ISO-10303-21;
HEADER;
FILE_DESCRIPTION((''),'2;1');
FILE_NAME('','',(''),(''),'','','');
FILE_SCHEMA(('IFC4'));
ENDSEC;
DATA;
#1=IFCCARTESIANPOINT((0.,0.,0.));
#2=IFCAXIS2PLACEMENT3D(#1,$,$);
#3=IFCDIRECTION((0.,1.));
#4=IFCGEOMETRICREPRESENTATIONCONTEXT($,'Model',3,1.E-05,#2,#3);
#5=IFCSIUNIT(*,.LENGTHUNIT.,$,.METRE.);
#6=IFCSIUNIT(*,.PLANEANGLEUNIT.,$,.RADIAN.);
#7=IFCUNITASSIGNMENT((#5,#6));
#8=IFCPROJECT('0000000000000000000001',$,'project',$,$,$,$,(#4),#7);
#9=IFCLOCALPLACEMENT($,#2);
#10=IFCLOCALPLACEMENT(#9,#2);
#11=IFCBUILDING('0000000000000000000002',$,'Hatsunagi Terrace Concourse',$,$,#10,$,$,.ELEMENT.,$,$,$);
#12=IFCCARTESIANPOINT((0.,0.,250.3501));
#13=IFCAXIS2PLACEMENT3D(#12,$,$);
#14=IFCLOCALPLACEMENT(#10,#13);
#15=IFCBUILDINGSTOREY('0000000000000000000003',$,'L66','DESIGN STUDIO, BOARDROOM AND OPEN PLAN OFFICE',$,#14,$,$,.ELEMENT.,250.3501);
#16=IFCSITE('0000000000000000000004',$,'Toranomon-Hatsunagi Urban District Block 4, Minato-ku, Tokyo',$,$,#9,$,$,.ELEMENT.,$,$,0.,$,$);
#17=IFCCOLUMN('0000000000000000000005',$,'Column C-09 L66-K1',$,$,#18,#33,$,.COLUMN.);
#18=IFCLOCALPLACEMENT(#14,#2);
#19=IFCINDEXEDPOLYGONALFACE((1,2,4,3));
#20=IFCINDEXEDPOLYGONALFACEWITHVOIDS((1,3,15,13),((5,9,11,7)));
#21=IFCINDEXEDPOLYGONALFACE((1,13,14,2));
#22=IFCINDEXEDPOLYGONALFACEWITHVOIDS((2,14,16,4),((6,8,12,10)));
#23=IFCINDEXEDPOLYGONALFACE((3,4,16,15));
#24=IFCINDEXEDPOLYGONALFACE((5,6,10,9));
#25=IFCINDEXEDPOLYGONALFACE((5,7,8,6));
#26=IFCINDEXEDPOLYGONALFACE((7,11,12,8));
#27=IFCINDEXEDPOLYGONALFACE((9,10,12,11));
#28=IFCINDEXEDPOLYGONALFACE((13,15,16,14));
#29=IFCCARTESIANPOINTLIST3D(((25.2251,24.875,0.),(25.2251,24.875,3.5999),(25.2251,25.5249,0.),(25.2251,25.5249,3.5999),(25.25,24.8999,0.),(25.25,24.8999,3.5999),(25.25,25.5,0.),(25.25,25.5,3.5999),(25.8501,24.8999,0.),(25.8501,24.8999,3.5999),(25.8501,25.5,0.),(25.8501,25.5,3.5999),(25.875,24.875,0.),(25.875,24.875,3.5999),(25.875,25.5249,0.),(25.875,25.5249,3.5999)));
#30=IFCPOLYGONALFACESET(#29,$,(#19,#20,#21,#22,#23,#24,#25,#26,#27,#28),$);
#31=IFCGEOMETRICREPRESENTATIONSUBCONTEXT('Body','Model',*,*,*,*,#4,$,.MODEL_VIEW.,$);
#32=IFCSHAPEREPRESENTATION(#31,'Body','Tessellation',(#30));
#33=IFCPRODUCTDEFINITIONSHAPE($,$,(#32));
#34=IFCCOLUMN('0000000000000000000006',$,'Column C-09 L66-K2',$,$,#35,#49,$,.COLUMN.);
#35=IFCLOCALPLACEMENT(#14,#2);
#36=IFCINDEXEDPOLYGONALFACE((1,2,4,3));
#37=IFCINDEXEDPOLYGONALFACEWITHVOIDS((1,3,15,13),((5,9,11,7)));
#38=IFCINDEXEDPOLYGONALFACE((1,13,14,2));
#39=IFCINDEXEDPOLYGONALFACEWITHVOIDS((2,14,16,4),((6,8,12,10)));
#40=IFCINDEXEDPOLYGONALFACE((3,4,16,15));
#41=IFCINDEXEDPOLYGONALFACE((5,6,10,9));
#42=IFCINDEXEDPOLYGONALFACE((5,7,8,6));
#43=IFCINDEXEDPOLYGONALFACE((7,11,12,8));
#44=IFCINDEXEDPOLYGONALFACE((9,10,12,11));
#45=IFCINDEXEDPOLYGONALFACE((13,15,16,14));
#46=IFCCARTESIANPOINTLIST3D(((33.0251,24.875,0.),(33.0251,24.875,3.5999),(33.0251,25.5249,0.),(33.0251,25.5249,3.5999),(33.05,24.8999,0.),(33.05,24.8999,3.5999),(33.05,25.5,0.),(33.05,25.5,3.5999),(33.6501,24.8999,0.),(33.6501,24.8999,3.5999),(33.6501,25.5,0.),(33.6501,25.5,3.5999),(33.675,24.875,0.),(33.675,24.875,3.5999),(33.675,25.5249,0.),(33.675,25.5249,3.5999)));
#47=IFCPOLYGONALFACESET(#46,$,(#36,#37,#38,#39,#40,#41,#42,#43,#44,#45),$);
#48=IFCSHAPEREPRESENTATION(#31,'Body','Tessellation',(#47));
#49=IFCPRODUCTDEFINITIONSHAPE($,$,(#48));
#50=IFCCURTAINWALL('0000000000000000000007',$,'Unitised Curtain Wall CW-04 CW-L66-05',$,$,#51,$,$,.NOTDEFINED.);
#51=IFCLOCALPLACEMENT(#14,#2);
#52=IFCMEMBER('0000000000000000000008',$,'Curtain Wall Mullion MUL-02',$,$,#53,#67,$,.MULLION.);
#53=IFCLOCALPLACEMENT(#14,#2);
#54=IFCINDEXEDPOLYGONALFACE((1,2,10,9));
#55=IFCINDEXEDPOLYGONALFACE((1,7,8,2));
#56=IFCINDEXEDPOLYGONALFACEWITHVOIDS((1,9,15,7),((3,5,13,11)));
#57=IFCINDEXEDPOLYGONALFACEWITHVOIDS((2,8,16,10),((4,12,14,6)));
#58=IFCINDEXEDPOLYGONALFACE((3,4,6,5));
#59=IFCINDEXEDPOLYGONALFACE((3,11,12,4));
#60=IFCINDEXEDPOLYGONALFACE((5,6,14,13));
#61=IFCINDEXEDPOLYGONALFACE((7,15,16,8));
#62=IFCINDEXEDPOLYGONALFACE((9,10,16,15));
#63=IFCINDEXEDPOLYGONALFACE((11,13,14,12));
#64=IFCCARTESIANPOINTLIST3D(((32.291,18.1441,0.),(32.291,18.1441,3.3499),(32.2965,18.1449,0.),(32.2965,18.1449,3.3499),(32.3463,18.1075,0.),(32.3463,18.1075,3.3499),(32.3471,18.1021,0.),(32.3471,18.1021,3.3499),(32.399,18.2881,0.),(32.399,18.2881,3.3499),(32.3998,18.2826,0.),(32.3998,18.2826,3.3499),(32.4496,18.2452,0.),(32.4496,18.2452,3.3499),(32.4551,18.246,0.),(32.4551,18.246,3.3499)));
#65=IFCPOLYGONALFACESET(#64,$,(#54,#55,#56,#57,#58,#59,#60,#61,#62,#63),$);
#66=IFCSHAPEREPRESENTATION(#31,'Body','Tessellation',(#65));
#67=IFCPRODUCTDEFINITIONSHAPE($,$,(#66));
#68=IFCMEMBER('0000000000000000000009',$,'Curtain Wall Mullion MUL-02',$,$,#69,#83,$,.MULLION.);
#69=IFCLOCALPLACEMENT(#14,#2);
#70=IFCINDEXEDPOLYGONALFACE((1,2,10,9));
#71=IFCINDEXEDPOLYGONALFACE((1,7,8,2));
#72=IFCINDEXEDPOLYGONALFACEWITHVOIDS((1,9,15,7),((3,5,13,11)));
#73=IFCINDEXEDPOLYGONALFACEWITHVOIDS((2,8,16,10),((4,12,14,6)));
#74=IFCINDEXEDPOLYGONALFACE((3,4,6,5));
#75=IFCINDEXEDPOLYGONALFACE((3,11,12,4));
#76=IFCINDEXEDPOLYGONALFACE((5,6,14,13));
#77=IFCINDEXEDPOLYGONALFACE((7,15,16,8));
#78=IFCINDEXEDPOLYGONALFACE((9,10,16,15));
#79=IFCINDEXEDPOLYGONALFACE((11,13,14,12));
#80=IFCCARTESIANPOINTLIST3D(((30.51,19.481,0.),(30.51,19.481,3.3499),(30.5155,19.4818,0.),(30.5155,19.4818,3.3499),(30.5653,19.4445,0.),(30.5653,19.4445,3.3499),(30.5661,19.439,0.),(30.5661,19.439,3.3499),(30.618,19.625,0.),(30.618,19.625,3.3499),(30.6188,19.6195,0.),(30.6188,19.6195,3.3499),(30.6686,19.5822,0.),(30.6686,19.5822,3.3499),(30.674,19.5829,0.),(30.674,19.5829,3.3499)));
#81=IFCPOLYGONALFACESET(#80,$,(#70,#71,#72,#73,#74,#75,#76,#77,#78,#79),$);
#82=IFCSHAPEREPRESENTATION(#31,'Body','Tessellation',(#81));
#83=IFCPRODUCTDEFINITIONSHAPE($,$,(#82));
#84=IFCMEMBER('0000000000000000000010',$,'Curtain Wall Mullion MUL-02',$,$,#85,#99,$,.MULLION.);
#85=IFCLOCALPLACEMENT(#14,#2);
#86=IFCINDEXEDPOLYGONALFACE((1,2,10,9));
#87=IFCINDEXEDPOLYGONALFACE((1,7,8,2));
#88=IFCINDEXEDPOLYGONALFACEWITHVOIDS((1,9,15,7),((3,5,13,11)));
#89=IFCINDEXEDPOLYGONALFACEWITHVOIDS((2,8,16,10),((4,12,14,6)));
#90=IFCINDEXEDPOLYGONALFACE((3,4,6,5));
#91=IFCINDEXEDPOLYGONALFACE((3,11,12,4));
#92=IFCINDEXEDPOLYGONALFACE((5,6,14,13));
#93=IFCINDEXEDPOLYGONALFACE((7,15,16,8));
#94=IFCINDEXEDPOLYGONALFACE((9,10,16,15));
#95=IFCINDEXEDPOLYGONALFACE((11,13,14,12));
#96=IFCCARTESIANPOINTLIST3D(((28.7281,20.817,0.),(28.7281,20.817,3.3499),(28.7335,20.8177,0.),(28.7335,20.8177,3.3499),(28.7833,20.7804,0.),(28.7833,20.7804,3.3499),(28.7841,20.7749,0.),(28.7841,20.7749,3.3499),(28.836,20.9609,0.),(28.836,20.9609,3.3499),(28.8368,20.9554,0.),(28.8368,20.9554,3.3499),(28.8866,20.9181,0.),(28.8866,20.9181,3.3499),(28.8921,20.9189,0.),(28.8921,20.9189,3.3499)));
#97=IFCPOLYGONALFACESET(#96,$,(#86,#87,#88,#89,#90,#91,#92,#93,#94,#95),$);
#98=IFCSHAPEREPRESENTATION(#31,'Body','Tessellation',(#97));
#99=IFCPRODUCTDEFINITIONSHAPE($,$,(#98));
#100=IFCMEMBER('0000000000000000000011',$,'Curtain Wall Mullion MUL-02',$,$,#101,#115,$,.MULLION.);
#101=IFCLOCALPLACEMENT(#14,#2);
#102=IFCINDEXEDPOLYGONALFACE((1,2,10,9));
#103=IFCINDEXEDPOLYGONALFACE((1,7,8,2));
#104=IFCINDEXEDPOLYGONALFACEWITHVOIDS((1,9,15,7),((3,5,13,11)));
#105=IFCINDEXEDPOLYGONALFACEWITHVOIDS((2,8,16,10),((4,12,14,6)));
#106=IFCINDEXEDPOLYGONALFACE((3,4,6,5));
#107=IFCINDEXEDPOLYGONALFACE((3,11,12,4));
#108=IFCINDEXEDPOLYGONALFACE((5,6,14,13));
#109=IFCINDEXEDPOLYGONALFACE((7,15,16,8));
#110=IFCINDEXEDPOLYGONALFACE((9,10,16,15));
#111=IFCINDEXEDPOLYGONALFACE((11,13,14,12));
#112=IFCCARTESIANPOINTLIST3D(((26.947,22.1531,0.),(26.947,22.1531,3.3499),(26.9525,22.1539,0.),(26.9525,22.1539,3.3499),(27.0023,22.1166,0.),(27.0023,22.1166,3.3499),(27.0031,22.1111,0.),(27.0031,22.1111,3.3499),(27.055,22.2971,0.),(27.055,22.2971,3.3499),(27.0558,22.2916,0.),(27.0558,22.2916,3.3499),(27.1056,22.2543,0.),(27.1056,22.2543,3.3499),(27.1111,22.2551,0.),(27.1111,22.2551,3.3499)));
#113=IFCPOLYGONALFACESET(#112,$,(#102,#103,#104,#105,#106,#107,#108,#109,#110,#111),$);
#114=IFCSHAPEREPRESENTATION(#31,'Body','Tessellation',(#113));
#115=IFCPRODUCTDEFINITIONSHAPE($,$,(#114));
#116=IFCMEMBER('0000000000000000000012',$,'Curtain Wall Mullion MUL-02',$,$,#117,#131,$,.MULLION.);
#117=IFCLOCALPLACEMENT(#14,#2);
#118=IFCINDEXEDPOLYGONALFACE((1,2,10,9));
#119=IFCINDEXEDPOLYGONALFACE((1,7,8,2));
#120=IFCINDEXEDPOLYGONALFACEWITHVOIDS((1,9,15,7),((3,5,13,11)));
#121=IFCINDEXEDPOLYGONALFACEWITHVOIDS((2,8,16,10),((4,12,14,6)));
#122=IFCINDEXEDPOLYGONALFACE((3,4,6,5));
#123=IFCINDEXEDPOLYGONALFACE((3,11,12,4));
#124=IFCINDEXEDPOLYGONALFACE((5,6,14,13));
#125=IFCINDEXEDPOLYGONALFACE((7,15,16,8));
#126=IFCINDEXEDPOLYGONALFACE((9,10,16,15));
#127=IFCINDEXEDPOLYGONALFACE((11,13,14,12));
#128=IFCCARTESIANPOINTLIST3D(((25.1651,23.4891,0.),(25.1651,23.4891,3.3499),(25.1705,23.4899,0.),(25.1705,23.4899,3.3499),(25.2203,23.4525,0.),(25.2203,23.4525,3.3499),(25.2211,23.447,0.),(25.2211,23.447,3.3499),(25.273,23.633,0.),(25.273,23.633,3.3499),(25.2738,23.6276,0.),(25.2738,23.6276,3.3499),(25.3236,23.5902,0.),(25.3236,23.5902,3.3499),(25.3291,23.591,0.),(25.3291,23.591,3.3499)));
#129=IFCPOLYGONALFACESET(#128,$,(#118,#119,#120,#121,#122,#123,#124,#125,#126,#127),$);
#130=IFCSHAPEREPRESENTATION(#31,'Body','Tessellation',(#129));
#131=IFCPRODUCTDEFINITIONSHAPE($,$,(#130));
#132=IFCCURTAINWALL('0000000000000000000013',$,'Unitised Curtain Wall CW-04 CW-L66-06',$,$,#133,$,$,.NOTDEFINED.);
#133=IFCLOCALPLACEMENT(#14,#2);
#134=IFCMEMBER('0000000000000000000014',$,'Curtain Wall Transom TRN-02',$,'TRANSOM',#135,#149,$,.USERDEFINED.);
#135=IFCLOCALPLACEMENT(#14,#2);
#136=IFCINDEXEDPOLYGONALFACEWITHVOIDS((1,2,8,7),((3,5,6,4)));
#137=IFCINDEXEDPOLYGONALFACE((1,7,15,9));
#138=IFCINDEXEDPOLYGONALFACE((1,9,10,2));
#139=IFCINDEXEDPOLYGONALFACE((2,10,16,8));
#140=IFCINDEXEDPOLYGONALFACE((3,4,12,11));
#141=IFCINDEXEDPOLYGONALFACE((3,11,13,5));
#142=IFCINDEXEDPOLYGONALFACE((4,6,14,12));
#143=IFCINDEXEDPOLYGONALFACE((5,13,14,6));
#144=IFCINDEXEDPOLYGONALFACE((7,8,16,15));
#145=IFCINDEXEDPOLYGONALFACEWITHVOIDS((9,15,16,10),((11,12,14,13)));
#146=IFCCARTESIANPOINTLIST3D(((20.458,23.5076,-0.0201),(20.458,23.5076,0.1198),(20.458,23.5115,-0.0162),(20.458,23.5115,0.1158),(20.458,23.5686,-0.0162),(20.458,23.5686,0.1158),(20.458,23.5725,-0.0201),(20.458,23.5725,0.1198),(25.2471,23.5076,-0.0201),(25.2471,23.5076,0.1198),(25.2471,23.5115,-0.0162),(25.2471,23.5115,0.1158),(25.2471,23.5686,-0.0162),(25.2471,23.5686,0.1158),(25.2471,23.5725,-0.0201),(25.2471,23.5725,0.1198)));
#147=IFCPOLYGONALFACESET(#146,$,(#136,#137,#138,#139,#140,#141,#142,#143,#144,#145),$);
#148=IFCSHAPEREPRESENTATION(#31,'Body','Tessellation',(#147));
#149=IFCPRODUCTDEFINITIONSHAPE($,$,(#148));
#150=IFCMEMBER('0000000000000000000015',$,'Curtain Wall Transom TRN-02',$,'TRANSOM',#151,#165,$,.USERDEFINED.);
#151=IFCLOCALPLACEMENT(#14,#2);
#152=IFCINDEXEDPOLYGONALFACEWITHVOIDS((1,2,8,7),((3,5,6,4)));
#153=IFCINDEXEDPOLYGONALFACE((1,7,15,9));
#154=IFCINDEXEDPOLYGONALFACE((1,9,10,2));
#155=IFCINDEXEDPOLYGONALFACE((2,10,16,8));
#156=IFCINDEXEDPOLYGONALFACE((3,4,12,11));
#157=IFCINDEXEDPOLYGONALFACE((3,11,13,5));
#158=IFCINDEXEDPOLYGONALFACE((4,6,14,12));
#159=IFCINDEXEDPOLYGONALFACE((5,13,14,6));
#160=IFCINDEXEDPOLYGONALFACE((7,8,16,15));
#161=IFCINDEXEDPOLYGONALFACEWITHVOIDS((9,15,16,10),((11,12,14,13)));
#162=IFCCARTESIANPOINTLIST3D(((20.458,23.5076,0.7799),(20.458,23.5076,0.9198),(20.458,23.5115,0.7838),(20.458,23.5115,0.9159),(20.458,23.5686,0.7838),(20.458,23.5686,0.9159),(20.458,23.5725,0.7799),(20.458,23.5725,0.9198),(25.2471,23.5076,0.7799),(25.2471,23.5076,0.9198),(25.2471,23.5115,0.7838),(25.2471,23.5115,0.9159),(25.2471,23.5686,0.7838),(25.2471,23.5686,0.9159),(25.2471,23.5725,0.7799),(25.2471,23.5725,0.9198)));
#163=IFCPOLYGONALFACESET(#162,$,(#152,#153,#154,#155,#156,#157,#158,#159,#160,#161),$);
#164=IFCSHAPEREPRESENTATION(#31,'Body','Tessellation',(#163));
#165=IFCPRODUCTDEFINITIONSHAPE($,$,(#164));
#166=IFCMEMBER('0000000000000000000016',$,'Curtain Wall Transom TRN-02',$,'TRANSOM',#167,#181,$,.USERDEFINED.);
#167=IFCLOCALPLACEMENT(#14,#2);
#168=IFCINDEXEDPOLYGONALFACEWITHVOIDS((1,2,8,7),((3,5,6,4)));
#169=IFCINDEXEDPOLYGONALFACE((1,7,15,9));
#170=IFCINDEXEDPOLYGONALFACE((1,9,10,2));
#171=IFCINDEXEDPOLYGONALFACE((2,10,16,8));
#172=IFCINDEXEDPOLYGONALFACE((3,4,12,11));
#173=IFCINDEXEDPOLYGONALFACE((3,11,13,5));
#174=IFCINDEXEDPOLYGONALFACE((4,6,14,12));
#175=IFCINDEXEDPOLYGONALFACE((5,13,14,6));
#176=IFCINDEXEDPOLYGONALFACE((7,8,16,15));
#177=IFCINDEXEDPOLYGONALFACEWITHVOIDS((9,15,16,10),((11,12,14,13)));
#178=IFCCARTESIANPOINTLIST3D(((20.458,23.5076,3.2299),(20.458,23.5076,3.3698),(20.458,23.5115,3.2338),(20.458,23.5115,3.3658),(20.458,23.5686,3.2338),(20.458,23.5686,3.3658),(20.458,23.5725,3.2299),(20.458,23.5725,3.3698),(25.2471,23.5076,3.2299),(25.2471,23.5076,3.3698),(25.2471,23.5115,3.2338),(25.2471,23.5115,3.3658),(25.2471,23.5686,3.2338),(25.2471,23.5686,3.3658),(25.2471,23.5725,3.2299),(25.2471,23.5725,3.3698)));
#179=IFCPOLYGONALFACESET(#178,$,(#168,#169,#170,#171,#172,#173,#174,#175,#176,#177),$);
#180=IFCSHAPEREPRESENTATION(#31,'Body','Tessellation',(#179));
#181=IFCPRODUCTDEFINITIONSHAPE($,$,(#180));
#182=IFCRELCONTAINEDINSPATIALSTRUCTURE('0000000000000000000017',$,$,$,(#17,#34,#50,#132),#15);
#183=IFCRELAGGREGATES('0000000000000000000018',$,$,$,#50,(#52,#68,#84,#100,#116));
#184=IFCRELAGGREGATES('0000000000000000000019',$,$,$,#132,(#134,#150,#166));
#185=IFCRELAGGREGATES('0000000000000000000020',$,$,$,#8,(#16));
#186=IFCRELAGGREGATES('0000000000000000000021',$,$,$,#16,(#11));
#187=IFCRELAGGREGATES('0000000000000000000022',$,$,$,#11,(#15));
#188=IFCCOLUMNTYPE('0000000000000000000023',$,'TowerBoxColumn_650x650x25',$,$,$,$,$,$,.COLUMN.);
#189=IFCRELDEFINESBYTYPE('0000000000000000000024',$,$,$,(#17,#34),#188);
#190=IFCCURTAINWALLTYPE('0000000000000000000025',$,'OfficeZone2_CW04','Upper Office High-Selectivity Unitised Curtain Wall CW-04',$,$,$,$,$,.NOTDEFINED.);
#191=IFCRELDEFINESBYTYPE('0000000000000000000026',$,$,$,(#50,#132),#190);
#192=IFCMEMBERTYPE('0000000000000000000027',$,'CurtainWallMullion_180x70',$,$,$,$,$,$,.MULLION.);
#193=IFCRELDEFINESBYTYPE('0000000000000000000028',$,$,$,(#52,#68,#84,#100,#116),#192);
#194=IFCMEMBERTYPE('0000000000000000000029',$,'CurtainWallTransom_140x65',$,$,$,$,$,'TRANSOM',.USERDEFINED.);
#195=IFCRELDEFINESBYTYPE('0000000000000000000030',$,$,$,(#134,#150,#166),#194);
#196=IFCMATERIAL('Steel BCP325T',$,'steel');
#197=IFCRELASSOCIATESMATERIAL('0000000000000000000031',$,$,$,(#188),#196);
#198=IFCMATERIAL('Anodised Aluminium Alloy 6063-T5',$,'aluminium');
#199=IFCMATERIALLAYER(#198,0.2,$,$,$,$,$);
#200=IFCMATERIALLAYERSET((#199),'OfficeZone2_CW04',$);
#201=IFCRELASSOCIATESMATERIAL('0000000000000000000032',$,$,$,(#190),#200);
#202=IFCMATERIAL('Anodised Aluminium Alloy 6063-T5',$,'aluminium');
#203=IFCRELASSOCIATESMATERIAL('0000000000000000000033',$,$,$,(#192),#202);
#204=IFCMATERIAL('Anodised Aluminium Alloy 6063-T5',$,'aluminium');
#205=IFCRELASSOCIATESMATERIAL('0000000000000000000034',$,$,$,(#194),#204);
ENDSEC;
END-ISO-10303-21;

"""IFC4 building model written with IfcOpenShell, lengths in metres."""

from ifc_helpers import new_model, si_unit, direction, frame, origin, origin_2d, place, context, subcontext, project, spatial, hollow_rectangle, extrude, material, layer, layer_set, material_profile, profile_set, type_object, element, aggregate, save


model = new_model("IFC4")

# Units and contexts
model_context = context("Model", 3, precision=1e-05, world=origin(), true_north=direction((0.0, 1.0)))
body_context = subcontext(model_context, "Body", "Model", "MODEL_VIEW")
ifc_project = project(units=[si_unit("LENGTHUNIT", "METRE"), si_unit("PLANEANGLEUNIT", "RADIAN")], contexts=[model_context])

# Site, building, storey
site_placement = place(None, origin())
site = spatial("IfcSite", under=ifc_project, at=site_placement, Name="Toranomon-Hatsunagi Urban District Block 4, Minato-ku, Tokyo", CompositionType="ELEMENT", RefElevation=0.0)
building_placement = place(site_placement, origin())
building = spatial("IfcBuilding", under=site, at=building_placement, Name="Hatsunagi Terrace Concourse", CompositionType="ELEMENT")
storey_placement = place(building_placement, frame((0.0, 0.0, 250.3501)))
storey = spatial("IfcBuildingStorey", under=building, at=storey_placement, Name="L66", Description="DESIGN STUDIO, BOARDROOM AND OPEN PLAN OFFICE", CompositionType="ELEMENT", Elevation=250.3501)

# Columns
ifc_material_1 = material(Name="Steel BCP325T", Category="steel")
ifc_material_profile_1 = material_profile(ifc_material_1, hollow_rectangle(XDim=0.6499, YDim=0.6499, WallThickness=0.0249, at=origin_2d()), Name="BCP-650x650x25")
ifc_profile_set_1 = profile_set([ifc_material_profile_1], Name="Steel BCP325T")
column_type = type_object("IfcColumnType", Name="TowerBoxColumn_650x650x25", PredefinedType="COLUMN", material=ifc_profile_set_1)
for number, where, z_axis, x_axis, name in (
    (1, (25.55, 25.2, 0.0), (0.0, 0.0, 1.0), (1.0, 0.0, 0.0), "Column C-09 L66-K1"),
    (2, (33.3501, 25.2, 0.0), (0.0, 0.0, 1.0), (1.0, 0.0, 0.0), "Column C-09 L66-K2"),
):
    element("IfcColumn", number, at=place(storey_placement, frame(where, z_axis=z_axis, x_axis=x_axis)), inside=storey, type_object=column_type, Name=name, PredefinedType="COLUMN", context=body_context, shape_type="SweptSolid", body=[
        extrude(hollow_rectangle(XDim=0.6499, YDim=0.6499, WallThickness=0.0249, at=origin_2d()), origin(), (0.0, 0.0, 1.0), 3.5999),
    ])

# Curtain walls, members
ifc_material_2 = material(Name="Anodised Aluminium Alloy 6063-T5", Category="aluminium")
ifc_layer_1 = layer(ifc_material_2, 0.2)
ifc_layer_set_1 = layer_set([ifc_layer_1], Name="OfficeZone2_CW04")
curtain_wall_type = type_object("IfcCurtainWallType", Name="OfficeZone2_CW04", Description="Upper Office High-Selectivity Unitised Curtain Wall CW-04", PredefinedType="NOTDEFINED", material=ifc_layer_set_1)
curtain_wall_1_placement = place(storey_placement, origin())
curtain_wall_1 = element("IfcCurtainWall", 3, at=curtain_wall_1_placement, inside=storey, type_object=curtain_wall_type, Name="Unitised Curtain Wall CW-04 CW-L66-05", PredefinedType="NOTDEFINED")
ifc_material_3 = material(Name="Anodised Aluminium Alloy 6063-T5", Category="aluminium")
ifc_material_profile_2 = material_profile(ifc_material_3, hollow_rectangle(XDim=0.0701, YDim=0.1799, WallThickness=0.0039, at=origin_2d()), Name="ALU-MUL-180x70x4")
ifc_profile_set_2 = profile_set([ifc_material_profile_2], Name="Anodised Aluminium Alloy 6063-T5")
member_type_1 = type_object("IfcMemberType", Name="CurtainWallMullion_180x70", PredefinedType="MULLION", material=ifc_profile_set_2)
member_1_placement = place(storey_placement, frame((32.373, 18.1951, 0.0), z_axis=(0.0, 0.0, 1.0), x_axis=(-0.800007, 0.59999, 0.0)))
member_1 = element("IfcMember", 4, at=member_1_placement, type_object=member_type_1, Name="Curtain Wall Mullion MUL-02", PredefinedType="MULLION", context=body_context, shape_type="SweptSolid", body=[
    extrude(hollow_rectangle(XDim=0.0701, YDim=0.1799, WallThickness=0.0039, at=origin_2d()), origin(), (0.0, 0.0, 1.0), 3.3499),
])
member_2_placement = place(storey_placement, frame((30.592, 19.532, 0.0), z_axis=(0.0, 0.0, 1.0), x_axis=(-0.800007, 0.59999, 0.0)))
member_2 = element("IfcMember", 5, at=member_2_placement, type_object=member_type_1, Name="Curtain Wall Mullion MUL-02", PredefinedType="MULLION", context=body_context, shape_type="SweptSolid", body=[
    extrude(hollow_rectangle(XDim=0.0701, YDim=0.1799, WallThickness=0.0039, at=origin_2d()), origin(), (0.0, 0.0, 1.0), 3.3499),
])
member_3_placement = place(storey_placement, frame((28.8101, 20.8679, 0.0), z_axis=(0.0, 0.0, 1.0), x_axis=(-0.800007, 0.59999, 0.0)))
member_3 = element("IfcMember", 6, at=member_3_placement, type_object=member_type_1, Name="Curtain Wall Mullion MUL-02", PredefinedType="MULLION", context=body_context, shape_type="SweptSolid", body=[
    extrude(hollow_rectangle(XDim=0.0701, YDim=0.1799, WallThickness=0.0039, at=origin_2d()), origin(), (0.0, 0.0, 1.0), 3.3499),
])
member_4_placement = place(storey_placement, frame((27.0291, 22.2041, 0.0), z_axis=(0.0, 0.0, 1.0), x_axis=(-0.800007, 0.59999, 0.0)))
member_4 = element("IfcMember", 7, at=member_4_placement, type_object=member_type_1, Name="Curtain Wall Mullion MUL-02", PredefinedType="MULLION", context=body_context, shape_type="SweptSolid", body=[
    extrude(hollow_rectangle(XDim=0.0701, YDim=0.1799, WallThickness=0.0039, at=origin_2d()), origin(), (0.0, 0.0, 1.0), 3.3499),
])
member_5_placement = place(storey_placement, frame((25.2471, 23.54, 0.0), z_axis=(0.0, 0.0, 1.0), x_axis=(-0.800007, 0.59999, 0.0)))
member_5 = element("IfcMember", 8, at=member_5_placement, type_object=member_type_1, Name="Curtain Wall Mullion MUL-02", PredefinedType="MULLION", context=body_context, shape_type="SweptSolid", body=[
    extrude(hollow_rectangle(XDim=0.0701, YDim=0.1799, WallThickness=0.0039, at=origin_2d()), origin(), (0.0, 0.0, 1.0), 3.3499),
])
curtain_wall_2_placement = place(storey_placement, origin())
curtain_wall_2 = element("IfcCurtainWall", 9, at=curtain_wall_2_placement, inside=storey, type_object=curtain_wall_type, Name="Unitised Curtain Wall CW-04 CW-L66-06", PredefinedType="NOTDEFINED")
ifc_material_4 = material(Name="Anodised Aluminium Alloy 6063-T5", Category="aluminium")
ifc_material_profile_3 = material_profile(ifc_material_4, hollow_rectangle(XDim=0.0649, YDim=0.1399, WallThickness=0.0039, at=origin_2d()), Name="ALU-TRN-140x65x4")
ifc_profile_set_3 = profile_set([ifc_material_profile_3], Name="Anodised Aluminium Alloy 6063-T5")
member_type_2 = type_object("IfcMemberType", Name="CurtainWallTransom_140x65", ElementType="TRANSOM", PredefinedType="USERDEFINED", material=ifc_profile_set_3)
member_6_placement = place(storey_placement, frame((25.2471, 23.54, 0.0498), z_axis=(-1.0, 0.0, 0.0), x_axis=(0.0, -1.0, 0.0)))
member_6 = element("IfcMember", 10, at=member_6_placement, type_object=member_type_2, Name="Curtain Wall Transom TRN-02", ObjectType="TRANSOM", PredefinedType="USERDEFINED", context=body_context, shape_type="SweptSolid", body=[
    extrude(hollow_rectangle(XDim=0.0649, YDim=0.1399, WallThickness=0.0039, at=origin_2d()), origin(), (0.0, 0.0, 1.0), 4.7891),
])
member_7_placement = place(storey_placement, frame((25.2471, 23.54, 0.8499), z_axis=(-1.0, 0.0, 0.0), x_axis=(0.0, -1.0, 0.0)))
member_7 = element("IfcMember", 11, at=member_7_placement, type_object=member_type_2, Name="Curtain Wall Transom TRN-02", ObjectType="TRANSOM", PredefinedType="USERDEFINED", context=body_context, shape_type="SweptSolid", body=[
    extrude(hollow_rectangle(XDim=0.0649, YDim=0.1399, WallThickness=0.0039, at=origin_2d()), origin(), (0.0, 0.0, 1.0), 4.7891),
])
member_8_placement = place(storey_placement, frame((25.2471, 23.54, 3.2998), z_axis=(-1.0, 0.0, 0.0), x_axis=(0.0, -1.0, 0.0)))
member_8 = element("IfcMember", 12, at=member_8_placement, type_object=member_type_2, Name="Curtain Wall Transom TRN-02", ObjectType="TRANSOM", PredefinedType="USERDEFINED", context=body_context, shape_type="SweptSolid", body=[
    extrude(hollow_rectangle(XDim=0.0649, YDim=0.1399, WallThickness=0.0039, at=origin_2d()), origin(), (0.0, 0.0, 1.0), 4.7891),
])

aggregate(curtain_wall_1, [member_1, member_2, member_3, member_4, member_5])
aggregate(curtain_wall_2, [member_6, member_7, member_8])

save(model, "model.ifc")
